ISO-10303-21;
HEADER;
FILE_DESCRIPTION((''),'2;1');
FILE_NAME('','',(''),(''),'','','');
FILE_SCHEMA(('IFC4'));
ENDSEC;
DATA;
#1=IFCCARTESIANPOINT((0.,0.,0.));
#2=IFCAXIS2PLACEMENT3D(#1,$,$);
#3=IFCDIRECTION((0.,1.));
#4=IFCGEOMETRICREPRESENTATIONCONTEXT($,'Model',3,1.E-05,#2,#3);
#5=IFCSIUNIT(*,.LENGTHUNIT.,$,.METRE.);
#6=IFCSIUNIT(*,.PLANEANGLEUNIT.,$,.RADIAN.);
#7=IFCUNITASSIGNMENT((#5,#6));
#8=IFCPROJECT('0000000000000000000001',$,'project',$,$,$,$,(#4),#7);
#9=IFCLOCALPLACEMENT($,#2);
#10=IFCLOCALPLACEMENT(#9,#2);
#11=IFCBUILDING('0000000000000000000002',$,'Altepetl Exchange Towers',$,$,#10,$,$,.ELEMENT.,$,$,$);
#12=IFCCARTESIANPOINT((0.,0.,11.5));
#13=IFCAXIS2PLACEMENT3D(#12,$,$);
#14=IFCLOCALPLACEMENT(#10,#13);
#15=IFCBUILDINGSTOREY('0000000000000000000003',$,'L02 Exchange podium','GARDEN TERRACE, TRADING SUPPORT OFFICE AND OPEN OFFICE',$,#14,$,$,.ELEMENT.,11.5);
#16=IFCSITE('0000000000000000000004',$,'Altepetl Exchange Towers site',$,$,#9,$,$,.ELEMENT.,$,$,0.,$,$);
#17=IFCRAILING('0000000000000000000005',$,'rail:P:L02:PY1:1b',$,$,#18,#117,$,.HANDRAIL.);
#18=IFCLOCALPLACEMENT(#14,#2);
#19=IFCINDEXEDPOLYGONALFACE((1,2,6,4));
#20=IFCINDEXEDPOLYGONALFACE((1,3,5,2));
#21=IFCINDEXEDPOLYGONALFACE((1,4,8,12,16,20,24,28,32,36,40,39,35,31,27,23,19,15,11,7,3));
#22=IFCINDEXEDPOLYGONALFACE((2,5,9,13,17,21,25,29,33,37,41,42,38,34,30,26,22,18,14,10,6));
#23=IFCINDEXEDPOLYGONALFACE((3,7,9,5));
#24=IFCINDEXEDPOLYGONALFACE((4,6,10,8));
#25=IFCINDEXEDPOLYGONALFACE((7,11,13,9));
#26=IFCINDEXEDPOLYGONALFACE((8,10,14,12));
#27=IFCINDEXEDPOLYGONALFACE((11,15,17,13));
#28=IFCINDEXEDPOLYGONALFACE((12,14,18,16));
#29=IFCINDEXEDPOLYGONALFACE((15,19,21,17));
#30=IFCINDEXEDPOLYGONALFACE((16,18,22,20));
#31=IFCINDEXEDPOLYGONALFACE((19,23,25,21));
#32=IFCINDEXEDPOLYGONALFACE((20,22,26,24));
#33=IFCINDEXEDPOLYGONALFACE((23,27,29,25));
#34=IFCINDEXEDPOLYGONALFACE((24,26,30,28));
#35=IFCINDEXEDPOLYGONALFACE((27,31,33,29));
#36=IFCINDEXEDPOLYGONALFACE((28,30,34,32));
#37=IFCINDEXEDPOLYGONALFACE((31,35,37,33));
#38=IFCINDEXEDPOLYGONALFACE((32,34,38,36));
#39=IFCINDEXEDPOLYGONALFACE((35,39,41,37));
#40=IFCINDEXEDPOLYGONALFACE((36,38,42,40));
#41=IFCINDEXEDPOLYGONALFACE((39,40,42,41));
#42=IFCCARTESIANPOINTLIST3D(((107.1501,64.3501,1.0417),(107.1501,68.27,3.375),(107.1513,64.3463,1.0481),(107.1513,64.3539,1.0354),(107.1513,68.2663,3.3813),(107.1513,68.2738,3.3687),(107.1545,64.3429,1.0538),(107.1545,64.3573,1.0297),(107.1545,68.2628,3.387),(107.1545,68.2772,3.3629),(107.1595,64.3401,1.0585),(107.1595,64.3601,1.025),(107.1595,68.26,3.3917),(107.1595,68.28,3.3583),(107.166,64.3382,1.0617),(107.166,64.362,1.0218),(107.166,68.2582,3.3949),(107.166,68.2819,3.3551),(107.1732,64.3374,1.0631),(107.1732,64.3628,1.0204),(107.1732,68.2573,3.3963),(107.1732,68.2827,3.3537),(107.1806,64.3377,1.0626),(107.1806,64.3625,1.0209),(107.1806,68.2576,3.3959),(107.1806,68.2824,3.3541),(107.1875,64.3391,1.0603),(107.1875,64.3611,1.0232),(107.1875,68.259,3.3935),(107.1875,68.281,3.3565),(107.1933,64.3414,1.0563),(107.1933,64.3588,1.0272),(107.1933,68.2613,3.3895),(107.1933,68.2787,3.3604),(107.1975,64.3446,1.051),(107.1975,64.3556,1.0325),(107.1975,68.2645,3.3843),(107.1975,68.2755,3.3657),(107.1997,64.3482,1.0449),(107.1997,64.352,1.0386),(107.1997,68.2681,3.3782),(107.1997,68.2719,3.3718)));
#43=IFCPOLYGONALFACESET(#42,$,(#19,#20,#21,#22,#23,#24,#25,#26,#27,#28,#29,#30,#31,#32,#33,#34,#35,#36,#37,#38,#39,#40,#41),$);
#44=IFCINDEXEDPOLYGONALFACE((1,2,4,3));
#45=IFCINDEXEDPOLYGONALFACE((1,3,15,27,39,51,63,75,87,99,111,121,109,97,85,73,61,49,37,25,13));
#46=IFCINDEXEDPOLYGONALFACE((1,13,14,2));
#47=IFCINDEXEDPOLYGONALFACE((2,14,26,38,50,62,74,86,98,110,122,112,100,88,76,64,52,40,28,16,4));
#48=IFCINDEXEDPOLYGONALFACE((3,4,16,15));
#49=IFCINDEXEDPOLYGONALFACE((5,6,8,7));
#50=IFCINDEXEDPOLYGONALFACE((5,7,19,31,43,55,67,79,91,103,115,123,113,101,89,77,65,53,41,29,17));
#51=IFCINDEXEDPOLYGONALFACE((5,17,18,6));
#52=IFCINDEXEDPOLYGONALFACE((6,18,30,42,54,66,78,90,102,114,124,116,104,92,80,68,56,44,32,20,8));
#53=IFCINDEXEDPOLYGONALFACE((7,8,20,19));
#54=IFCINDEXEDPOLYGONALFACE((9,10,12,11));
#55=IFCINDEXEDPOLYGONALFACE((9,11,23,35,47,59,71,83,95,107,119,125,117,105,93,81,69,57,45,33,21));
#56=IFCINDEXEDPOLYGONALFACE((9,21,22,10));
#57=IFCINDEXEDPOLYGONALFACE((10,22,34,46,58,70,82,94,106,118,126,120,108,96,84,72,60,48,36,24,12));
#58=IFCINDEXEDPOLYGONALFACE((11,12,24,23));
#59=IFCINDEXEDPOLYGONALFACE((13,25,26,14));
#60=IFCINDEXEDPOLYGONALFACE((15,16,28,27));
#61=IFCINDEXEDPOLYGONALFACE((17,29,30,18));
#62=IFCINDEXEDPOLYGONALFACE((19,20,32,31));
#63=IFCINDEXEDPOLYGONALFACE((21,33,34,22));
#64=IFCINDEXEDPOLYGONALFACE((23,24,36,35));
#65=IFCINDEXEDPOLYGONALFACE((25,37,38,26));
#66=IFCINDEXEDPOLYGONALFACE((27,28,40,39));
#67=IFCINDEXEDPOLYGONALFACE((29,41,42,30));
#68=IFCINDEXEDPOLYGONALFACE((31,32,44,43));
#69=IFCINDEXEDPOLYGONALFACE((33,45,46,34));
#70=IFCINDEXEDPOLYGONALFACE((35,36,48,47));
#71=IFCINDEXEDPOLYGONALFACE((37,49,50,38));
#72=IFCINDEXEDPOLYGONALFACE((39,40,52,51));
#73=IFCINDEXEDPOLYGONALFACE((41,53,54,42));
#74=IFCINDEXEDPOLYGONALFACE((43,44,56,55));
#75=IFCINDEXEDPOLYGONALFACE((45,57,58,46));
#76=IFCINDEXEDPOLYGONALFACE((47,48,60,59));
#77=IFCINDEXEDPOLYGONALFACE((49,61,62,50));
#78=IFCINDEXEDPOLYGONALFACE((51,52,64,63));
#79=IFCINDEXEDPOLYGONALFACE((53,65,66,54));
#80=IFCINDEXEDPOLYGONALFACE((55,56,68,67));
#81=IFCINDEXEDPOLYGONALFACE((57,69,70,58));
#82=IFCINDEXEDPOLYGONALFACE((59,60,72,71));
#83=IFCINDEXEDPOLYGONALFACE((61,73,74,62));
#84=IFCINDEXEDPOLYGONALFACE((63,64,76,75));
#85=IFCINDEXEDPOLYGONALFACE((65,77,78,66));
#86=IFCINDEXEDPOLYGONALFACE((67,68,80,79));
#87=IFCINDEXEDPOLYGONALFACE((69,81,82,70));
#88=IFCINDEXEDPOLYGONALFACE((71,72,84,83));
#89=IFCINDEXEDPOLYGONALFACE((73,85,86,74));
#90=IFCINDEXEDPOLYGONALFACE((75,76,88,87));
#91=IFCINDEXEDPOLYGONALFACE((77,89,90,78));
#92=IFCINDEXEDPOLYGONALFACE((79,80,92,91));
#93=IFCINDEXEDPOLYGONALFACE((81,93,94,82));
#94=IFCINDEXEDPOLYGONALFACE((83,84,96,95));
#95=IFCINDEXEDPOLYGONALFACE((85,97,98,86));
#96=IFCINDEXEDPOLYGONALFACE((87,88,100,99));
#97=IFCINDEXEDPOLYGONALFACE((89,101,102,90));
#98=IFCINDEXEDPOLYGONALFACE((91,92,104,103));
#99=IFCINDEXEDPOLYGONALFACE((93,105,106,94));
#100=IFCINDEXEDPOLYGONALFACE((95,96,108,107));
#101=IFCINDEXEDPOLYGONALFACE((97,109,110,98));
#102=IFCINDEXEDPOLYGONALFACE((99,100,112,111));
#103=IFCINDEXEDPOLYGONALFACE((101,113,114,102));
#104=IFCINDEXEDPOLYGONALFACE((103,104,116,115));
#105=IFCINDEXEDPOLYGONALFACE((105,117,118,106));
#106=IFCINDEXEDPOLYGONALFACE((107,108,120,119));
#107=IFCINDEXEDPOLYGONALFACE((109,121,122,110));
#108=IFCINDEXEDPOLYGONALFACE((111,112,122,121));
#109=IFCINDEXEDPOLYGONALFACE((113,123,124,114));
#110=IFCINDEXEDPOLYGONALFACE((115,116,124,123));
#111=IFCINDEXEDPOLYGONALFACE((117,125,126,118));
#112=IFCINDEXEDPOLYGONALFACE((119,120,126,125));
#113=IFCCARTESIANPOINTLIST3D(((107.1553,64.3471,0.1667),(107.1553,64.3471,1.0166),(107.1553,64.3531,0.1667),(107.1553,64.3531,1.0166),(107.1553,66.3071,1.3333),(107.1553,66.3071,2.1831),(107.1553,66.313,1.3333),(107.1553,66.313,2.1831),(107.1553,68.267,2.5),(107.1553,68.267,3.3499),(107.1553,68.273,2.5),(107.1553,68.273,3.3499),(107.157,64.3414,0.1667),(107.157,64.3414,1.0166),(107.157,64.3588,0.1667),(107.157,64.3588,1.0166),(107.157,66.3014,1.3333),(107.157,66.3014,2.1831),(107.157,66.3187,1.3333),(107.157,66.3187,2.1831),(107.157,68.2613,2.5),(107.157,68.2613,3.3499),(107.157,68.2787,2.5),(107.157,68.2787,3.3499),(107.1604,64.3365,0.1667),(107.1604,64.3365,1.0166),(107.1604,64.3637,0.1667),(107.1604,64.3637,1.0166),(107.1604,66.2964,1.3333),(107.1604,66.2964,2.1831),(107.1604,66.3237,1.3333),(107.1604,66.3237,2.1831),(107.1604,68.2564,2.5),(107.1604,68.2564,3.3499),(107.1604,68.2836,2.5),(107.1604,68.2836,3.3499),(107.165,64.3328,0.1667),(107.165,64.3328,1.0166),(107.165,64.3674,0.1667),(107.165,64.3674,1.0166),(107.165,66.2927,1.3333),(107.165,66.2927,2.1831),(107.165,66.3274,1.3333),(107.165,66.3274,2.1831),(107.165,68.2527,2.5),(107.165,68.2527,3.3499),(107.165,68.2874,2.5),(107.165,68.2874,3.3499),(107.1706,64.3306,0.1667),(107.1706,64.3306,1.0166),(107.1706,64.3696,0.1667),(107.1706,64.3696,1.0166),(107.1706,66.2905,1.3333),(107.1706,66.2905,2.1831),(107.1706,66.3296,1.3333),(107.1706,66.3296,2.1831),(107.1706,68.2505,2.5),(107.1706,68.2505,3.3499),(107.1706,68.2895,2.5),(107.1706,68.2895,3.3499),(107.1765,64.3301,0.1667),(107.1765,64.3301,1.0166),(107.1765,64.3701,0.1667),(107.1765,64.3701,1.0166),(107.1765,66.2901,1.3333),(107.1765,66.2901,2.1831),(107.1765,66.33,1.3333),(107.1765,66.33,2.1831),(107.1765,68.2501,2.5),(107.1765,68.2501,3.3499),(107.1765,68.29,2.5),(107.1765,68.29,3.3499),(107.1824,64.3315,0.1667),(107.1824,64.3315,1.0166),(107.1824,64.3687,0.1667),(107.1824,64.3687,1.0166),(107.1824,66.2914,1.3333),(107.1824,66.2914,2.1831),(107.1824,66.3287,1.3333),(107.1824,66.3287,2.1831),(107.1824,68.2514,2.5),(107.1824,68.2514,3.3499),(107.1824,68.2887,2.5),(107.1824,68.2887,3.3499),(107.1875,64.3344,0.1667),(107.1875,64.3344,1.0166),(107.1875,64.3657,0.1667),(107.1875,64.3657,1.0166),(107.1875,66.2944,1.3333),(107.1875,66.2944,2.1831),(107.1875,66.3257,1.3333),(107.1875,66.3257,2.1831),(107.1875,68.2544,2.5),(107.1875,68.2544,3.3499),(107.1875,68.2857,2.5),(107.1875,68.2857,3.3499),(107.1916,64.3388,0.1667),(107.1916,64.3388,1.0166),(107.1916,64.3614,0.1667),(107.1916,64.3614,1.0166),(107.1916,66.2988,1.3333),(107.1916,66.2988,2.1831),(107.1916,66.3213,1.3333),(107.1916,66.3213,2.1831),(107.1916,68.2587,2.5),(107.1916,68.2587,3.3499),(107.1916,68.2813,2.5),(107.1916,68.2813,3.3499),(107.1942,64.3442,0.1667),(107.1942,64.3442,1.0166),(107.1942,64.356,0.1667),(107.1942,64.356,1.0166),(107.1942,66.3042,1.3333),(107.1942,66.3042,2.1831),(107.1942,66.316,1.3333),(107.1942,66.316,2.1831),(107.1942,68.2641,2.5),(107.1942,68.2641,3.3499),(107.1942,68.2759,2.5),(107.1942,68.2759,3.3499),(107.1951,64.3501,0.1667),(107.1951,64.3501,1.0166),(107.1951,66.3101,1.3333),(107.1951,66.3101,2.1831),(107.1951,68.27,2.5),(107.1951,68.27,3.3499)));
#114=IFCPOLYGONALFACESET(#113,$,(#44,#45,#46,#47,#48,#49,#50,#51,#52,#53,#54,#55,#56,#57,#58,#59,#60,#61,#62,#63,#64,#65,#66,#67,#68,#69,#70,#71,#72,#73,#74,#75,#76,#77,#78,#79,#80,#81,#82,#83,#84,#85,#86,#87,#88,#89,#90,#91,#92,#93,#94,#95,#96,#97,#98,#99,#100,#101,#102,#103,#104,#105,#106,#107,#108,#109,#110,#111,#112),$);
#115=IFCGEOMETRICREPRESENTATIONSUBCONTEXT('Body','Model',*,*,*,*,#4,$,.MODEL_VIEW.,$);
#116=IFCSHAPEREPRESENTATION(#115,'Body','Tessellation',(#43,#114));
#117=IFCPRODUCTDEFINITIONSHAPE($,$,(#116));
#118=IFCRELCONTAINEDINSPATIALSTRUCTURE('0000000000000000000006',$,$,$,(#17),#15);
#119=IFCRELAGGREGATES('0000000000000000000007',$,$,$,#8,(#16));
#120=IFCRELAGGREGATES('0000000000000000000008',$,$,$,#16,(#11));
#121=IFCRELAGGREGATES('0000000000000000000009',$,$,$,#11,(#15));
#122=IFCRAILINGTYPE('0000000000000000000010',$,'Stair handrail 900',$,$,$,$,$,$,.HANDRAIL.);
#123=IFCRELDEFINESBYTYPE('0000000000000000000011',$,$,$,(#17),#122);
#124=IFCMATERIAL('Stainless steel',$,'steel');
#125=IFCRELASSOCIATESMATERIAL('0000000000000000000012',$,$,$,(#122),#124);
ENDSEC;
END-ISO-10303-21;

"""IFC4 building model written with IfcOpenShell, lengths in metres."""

from ifc_helpers import new_model, si_unit, direction, frame, origin, origin_2d, place, context, subcontext, project, spatial, circle, extrude, source, transform, mapped, material, type_object, element, save


model = new_model("IFC4")

# Units and contexts
model_context = context("Model", 3, precision=1e-05, world=origin(), true_north=direction((0.0, 1.0)))
body_context = subcontext(model_context, "Body", "Model", "MODEL_VIEW")
ifc_project = project(units=[si_unit("LENGTHUNIT", "METRE"), si_unit("PLANEANGLEUNIT", "RADIAN")], contexts=[model_context])

# Site, building, storey
site_placement = place(None, origin())
site = spatial("IfcSite", under=ifc_project, at=site_placement, Name="Altepetl Exchange Towers site", CompositionType="ELEMENT", RefElevation=0.0)
building_placement = place(site_placement, origin())
building = spatial("IfcBuilding", under=site, at=building_placement, Name="Altepetl Exchange Towers", CompositionType="ELEMENT")
storey_placement = place(building_placement, frame((0.0, 0.0, 11.5)))
storey = spatial("IfcBuildingStorey", under=building, at=storey_placement, Name="L02 Exchange podium", Description="GARDEN TERRACE, TRADING SUPPORT OFFICE AND OPEN OFFICE", CompositionType="ELEMENT", Elevation=11.5)

# Railing
ifc_material_1 = material(Name="Stainless steel", Category="steel")
railing_type_1 = type_object("IfcRailingType", Name="Stair handrail 900", PredefinedType="HANDRAIL", material=ifc_material_1)
shared_shape_1 = source(origin(), body_context, "Body", "SweptSolid", [
    extrude(circle(Radius=0.02, at=origin_2d()), origin(), (0.0, 0.0, 1.0), 0.8499),
])
for number, where, name in (
    (1, (107.175, 64.3501, 0.1667), "rail:P:L02:PY1:1b"),
):
    element("IfcRailing", number, at=place(storey_placement, frame(where)), inside=storey, type_object=railing_type_1, Name=name, PredefinedType="HANDRAIL", context=body_context, shape_type="SweptSolid", body=[
        extrude(circle(Radius=0.0249, at=origin_2d()), frame((0.0, 0.0, 0.875), z_axis=(0.0, 0.859296, 0.511478), x_axis=(-1.0, 0.0, 0.0)), (0.0, 0.0, 1.0), 4.5618),
        mapped(shared_shape_1, transform((0.0, 0.0, 0.0))),
        mapped(shared_shape_1, transform((0.0, 1.96, 1.1665))),
        mapped(shared_shape_1, transform((0.0, 3.9199, 2.3333))),
    ])

save(model, "model.ifc")
